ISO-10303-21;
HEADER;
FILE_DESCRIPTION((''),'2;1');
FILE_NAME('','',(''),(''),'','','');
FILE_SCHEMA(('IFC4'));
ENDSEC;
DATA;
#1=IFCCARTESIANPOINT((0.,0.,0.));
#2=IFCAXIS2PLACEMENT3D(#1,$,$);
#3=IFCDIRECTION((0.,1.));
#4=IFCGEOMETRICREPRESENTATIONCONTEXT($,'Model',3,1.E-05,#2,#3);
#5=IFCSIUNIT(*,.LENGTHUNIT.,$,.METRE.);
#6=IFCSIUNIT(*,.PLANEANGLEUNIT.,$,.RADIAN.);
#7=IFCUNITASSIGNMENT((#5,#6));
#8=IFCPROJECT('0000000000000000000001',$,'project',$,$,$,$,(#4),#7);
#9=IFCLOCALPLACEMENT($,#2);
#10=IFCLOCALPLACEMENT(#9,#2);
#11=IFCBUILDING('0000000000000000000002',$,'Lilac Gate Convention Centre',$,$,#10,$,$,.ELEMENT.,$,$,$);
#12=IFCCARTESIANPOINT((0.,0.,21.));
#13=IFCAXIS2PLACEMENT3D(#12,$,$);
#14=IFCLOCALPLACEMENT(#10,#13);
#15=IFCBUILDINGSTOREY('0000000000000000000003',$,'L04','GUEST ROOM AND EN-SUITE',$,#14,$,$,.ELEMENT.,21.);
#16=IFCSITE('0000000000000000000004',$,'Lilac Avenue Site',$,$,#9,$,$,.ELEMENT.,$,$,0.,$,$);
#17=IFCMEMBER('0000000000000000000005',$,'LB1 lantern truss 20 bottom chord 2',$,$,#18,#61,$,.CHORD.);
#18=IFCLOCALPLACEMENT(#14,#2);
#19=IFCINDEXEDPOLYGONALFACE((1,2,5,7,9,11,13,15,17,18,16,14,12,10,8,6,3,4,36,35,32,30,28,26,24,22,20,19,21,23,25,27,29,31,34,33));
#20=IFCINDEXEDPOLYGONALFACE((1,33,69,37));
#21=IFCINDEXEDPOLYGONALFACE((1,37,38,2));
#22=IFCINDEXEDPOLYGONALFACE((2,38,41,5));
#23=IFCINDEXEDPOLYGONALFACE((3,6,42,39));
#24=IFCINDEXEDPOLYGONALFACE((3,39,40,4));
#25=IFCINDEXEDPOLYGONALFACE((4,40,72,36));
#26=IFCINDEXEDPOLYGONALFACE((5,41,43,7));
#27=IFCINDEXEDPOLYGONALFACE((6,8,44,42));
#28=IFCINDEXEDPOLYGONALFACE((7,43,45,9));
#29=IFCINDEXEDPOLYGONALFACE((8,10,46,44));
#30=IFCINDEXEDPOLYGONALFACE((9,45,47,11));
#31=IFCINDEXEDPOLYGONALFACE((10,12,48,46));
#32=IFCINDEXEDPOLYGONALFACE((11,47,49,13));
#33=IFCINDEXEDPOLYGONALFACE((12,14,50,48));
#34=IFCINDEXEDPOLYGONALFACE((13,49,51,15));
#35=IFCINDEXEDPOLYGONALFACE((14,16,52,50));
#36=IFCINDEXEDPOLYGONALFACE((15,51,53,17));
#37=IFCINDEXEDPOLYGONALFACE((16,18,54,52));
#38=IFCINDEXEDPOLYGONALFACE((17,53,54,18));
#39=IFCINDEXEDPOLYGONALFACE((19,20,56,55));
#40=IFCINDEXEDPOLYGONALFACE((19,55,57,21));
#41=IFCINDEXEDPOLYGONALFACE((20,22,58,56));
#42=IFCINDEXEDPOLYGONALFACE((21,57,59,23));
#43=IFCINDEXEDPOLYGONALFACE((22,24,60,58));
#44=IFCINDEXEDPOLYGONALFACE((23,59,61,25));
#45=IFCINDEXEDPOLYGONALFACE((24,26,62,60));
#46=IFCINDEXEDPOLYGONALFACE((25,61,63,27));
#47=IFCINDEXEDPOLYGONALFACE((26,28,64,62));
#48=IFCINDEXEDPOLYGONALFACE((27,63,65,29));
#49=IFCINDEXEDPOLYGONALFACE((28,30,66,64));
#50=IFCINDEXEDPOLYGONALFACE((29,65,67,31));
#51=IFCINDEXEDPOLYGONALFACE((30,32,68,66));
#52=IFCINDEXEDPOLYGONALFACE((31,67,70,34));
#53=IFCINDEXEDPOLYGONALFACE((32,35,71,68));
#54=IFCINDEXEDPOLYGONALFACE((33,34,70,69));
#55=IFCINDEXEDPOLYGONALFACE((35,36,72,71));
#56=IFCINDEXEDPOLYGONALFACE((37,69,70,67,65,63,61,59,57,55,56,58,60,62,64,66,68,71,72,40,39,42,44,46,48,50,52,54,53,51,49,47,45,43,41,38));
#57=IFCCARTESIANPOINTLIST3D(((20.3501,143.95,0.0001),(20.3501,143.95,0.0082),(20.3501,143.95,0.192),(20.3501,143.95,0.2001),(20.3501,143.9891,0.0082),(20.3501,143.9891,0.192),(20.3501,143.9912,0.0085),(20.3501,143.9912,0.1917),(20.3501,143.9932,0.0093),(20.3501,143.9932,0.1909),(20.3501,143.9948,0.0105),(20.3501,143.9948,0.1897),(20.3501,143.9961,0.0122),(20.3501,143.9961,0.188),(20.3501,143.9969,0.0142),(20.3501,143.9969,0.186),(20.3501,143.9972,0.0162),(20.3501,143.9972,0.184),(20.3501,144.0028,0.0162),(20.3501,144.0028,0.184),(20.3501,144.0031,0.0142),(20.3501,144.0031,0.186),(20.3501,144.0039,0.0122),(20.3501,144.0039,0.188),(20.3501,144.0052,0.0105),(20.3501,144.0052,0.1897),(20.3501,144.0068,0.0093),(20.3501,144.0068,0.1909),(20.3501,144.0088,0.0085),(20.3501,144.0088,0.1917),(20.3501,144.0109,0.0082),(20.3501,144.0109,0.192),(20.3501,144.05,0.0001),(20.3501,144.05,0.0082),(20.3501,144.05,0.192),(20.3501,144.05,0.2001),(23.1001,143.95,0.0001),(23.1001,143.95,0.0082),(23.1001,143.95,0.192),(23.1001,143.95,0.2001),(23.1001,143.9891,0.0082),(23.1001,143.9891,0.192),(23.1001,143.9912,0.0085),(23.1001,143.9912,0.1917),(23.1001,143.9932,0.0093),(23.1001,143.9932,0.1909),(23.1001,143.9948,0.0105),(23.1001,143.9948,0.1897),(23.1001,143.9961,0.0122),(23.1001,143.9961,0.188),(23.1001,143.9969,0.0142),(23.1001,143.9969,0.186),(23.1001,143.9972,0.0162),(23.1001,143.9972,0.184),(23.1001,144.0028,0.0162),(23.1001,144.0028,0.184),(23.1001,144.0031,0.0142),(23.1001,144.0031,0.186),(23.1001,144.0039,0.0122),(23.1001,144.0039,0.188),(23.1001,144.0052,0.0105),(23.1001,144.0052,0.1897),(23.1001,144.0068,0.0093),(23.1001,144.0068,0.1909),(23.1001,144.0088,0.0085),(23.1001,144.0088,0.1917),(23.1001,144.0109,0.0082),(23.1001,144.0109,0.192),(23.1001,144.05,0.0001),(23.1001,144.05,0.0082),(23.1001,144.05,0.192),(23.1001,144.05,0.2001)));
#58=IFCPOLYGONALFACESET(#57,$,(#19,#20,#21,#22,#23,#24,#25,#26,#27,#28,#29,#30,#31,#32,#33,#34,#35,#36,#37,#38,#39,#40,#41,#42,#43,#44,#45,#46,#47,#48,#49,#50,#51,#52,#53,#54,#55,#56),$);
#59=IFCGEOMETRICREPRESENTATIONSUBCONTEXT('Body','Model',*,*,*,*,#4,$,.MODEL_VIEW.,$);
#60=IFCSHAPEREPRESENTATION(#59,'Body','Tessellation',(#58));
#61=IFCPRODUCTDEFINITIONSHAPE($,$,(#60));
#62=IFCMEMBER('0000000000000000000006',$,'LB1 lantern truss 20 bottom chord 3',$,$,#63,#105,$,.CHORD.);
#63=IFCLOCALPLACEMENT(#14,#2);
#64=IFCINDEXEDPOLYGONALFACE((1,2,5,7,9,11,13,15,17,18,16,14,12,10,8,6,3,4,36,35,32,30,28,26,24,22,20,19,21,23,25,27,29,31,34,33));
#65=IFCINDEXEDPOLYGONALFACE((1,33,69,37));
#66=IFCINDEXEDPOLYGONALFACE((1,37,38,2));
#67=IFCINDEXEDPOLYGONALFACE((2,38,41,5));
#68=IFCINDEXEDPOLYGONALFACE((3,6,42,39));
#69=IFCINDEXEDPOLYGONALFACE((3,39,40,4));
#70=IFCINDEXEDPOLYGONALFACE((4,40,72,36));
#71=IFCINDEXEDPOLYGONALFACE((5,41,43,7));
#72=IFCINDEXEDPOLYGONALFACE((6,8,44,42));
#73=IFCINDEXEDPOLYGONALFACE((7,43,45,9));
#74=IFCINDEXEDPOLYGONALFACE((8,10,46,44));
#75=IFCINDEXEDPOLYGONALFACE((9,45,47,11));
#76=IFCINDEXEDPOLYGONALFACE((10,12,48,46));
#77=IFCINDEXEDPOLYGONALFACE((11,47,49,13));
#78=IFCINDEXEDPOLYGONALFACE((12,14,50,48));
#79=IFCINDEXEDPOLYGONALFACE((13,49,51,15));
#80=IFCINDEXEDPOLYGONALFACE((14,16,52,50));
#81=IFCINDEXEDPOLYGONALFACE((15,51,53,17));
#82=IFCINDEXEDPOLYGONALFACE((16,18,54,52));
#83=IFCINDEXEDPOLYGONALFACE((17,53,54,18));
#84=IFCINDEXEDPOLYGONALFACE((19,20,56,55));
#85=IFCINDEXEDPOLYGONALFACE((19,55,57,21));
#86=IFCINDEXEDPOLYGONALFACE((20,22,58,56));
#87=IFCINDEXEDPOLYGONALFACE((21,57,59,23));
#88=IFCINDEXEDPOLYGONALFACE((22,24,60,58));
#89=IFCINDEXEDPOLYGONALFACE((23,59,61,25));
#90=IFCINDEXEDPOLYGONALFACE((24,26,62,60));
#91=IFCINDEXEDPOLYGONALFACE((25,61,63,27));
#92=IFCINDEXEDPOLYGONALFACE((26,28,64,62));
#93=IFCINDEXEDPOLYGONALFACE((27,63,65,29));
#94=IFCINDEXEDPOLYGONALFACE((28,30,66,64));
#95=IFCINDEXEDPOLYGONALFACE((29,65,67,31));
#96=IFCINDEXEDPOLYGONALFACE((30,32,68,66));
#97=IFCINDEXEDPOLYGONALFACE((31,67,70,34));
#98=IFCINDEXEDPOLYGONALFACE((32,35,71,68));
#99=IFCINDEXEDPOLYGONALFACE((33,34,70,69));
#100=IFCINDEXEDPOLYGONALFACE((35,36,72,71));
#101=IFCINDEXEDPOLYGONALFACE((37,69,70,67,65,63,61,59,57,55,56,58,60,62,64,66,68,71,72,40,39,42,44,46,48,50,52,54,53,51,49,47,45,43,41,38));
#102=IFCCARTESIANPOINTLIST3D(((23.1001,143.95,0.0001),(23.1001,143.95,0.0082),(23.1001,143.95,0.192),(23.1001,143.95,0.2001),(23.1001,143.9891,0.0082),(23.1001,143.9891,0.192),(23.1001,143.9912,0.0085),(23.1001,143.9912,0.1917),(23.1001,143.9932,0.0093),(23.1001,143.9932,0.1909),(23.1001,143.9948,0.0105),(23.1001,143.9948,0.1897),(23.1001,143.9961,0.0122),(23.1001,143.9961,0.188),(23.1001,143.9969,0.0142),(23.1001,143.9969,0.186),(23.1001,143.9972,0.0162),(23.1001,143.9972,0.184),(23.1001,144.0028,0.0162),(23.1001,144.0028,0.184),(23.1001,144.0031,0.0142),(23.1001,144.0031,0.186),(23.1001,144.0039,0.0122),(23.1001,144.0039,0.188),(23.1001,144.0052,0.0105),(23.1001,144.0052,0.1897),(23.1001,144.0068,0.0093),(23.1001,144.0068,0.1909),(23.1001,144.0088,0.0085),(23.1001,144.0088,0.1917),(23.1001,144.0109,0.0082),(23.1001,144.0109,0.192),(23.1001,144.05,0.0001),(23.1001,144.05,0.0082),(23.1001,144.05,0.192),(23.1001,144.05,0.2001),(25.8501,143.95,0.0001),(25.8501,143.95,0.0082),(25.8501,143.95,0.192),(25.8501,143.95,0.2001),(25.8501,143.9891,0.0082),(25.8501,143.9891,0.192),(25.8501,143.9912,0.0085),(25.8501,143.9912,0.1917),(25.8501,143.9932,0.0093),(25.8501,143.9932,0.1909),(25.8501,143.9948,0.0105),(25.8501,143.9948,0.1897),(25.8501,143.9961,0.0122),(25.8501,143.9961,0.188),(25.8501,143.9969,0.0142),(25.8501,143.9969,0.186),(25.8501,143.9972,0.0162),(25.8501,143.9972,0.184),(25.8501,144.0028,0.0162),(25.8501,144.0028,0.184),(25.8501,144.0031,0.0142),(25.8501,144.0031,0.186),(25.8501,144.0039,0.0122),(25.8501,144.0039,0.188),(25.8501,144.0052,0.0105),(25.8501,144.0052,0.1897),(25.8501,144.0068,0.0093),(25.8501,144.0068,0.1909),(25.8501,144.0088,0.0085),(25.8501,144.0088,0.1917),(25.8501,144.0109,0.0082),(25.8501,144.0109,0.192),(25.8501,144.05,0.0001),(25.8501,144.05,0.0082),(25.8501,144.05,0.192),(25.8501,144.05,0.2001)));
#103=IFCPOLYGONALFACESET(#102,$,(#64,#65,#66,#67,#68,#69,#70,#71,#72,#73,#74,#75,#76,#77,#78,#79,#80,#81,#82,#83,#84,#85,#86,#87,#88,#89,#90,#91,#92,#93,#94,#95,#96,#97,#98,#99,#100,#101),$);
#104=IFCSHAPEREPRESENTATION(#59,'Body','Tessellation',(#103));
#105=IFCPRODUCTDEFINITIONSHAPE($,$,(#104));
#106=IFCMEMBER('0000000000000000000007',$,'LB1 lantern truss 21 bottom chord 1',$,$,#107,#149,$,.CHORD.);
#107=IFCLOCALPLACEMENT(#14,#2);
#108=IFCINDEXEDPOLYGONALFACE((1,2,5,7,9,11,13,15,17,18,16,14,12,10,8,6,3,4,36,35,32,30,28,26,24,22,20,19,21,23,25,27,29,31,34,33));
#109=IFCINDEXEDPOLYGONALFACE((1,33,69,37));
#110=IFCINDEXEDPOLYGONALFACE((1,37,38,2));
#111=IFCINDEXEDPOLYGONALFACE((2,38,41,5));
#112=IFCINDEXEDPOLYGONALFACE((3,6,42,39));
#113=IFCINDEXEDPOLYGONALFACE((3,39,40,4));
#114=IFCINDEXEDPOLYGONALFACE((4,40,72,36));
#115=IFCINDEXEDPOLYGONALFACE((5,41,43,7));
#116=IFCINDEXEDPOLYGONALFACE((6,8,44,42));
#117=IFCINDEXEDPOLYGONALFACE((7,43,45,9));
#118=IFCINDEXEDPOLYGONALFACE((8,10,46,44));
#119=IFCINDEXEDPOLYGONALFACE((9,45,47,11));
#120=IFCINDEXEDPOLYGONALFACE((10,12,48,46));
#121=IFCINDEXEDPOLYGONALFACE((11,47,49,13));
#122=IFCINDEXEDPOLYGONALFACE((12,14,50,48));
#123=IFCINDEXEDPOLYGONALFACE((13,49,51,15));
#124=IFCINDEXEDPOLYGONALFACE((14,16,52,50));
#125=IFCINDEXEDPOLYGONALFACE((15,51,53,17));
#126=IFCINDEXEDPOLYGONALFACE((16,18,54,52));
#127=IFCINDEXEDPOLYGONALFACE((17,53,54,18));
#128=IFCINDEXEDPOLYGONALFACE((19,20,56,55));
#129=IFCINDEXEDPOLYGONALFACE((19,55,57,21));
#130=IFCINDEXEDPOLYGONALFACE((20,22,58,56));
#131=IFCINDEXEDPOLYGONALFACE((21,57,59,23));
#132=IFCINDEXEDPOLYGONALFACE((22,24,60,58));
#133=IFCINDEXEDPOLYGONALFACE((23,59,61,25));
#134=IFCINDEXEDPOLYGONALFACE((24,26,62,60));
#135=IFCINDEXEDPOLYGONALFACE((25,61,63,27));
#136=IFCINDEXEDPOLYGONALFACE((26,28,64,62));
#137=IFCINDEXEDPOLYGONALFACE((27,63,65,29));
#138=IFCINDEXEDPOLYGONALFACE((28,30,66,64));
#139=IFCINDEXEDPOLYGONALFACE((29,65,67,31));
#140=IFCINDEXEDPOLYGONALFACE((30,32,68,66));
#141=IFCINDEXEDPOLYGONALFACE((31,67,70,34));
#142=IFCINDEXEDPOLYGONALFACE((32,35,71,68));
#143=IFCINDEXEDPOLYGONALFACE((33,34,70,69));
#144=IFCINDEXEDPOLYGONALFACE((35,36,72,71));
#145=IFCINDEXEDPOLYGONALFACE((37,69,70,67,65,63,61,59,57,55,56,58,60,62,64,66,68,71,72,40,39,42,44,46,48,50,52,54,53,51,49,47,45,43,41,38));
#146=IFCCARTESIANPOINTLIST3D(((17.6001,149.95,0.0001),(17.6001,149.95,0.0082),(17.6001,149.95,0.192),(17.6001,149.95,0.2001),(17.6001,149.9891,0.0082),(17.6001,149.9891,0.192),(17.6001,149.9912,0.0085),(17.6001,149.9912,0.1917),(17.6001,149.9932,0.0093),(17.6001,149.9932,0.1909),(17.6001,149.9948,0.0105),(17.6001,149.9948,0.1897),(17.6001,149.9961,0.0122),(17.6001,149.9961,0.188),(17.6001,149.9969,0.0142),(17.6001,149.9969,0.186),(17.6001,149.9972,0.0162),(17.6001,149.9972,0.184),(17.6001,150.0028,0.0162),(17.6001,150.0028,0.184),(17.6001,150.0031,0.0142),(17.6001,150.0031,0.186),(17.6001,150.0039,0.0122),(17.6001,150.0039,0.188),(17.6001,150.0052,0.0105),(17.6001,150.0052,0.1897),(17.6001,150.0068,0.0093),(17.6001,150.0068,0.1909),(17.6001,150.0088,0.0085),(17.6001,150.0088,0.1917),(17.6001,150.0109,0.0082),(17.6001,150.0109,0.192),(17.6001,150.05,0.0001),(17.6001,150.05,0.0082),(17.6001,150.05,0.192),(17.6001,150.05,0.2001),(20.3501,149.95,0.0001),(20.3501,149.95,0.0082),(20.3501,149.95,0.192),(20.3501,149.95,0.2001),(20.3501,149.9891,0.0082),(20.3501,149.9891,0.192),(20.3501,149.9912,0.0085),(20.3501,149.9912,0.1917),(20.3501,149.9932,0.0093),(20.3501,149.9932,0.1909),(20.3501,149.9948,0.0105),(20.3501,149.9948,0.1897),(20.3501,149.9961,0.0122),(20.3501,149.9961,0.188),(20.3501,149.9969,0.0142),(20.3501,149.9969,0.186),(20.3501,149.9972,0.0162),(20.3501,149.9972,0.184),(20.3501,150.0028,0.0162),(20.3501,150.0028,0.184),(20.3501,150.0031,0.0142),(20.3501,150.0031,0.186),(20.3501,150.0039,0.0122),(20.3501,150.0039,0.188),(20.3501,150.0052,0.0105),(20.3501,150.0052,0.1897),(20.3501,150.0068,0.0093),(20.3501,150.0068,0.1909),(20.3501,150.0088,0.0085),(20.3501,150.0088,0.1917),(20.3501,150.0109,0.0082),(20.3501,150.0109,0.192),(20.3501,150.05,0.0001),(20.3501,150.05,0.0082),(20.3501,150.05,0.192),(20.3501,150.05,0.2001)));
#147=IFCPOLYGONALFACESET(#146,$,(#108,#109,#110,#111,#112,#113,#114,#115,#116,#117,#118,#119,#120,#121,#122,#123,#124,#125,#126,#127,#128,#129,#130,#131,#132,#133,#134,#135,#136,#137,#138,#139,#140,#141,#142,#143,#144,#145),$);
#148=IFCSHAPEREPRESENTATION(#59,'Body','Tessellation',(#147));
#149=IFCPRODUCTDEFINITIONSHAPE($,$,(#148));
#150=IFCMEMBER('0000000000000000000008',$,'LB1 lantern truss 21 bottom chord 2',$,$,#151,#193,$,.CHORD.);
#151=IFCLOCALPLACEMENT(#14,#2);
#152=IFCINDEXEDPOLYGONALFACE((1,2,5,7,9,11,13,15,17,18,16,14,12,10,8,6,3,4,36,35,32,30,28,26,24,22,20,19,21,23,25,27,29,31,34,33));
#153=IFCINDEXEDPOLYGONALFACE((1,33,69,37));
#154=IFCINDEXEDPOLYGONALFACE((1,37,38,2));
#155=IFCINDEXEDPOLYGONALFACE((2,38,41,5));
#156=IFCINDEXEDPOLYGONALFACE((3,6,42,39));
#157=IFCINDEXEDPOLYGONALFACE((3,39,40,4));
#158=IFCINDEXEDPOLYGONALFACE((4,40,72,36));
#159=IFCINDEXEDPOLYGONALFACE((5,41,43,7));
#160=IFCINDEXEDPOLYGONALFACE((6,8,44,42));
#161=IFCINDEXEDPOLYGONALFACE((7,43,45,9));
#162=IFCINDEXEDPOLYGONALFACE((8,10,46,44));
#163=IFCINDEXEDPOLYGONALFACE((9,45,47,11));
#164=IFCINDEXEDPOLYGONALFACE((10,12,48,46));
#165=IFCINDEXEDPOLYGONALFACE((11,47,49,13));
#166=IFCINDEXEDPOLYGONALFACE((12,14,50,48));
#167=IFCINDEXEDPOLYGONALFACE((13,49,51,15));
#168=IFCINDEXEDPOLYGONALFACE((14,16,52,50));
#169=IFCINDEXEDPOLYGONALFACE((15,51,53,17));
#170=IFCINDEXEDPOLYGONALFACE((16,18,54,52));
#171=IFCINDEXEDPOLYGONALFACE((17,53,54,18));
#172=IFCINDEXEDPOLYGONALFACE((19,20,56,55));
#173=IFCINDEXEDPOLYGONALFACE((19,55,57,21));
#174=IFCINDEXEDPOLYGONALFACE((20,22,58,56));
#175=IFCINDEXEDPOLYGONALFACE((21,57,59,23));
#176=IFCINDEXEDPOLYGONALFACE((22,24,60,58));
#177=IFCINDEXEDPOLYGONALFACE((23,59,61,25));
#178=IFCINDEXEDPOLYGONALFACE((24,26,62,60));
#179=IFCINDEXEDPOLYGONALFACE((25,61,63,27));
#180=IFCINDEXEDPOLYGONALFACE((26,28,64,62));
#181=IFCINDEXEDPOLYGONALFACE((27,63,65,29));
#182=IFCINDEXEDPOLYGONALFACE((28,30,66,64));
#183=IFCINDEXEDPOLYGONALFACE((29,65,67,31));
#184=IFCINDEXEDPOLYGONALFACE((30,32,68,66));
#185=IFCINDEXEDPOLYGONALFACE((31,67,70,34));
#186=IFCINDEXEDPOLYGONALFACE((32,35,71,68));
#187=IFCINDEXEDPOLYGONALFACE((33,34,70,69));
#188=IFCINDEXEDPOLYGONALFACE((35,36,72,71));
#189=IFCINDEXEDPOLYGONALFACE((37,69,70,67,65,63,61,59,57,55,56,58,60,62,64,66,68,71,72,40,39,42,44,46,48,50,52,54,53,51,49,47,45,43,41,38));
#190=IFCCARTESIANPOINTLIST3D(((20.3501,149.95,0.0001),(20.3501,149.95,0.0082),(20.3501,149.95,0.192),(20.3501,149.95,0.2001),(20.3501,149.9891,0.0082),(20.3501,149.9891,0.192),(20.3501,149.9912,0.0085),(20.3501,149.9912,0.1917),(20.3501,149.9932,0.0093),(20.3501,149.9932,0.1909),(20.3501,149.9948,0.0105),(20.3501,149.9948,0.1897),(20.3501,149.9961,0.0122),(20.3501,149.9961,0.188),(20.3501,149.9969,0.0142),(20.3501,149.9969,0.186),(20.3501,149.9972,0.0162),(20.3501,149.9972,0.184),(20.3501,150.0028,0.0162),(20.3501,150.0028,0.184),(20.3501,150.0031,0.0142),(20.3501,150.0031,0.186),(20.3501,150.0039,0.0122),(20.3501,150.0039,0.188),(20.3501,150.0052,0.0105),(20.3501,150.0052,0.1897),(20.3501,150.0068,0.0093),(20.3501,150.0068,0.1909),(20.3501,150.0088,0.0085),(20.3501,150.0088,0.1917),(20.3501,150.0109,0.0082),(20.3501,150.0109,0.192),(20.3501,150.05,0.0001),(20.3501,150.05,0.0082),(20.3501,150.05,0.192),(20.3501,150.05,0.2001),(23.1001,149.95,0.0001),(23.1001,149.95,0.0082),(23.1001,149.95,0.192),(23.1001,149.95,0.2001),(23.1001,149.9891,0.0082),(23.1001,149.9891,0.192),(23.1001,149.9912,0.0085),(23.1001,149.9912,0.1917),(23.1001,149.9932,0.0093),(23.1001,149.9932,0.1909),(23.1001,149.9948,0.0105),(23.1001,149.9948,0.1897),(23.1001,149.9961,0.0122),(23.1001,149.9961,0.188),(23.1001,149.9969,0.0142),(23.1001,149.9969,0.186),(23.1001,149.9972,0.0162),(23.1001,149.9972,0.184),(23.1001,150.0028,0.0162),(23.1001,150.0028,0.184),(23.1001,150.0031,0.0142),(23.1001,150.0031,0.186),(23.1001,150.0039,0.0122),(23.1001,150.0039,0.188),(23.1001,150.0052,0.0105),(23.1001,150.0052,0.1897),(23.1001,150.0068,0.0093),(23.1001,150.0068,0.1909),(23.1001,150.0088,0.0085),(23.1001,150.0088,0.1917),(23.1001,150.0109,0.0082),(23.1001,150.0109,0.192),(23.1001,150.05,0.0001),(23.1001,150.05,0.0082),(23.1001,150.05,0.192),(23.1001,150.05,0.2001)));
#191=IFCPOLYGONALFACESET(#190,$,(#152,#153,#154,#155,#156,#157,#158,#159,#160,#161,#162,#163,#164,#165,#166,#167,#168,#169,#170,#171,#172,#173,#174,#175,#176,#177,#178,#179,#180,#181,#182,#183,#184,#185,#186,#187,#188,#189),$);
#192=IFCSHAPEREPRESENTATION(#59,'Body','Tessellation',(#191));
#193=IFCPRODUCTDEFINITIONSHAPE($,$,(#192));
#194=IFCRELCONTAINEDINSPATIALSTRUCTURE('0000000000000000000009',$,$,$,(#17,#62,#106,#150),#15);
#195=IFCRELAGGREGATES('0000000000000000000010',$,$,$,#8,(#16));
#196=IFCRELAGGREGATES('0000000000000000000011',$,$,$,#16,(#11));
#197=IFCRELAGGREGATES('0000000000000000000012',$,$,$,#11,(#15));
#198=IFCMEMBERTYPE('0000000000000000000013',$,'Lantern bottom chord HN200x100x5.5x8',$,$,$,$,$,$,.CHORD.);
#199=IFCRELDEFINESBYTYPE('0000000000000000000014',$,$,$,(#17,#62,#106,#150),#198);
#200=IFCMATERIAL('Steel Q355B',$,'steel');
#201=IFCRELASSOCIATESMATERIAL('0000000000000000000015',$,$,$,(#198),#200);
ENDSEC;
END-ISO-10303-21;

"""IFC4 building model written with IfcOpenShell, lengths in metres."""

from ifc_helpers import new_model, si_unit, direction, frame, origin, origin_2d, place, context, subcontext, project, spatial, i_section, extrude, material, material_profile, profile_set, type_object, element, save


model = new_model("IFC4")

# Units and contexts
model_context = context("Model", 3, precision=1e-05, world=origin(), true_north=direction((0.0, 1.0)))
body_context = subcontext(model_context, "Body", "Model", "MODEL_VIEW")
ifc_project = project(units=[si_unit("LENGTHUNIT", "METRE"), si_unit("PLANEANGLEUNIT", "RADIAN")], contexts=[model_context])

# Site, building, storey
site_placement = place(None, origin())
site = spatial("IfcSite", under=ifc_project, at=site_placement, Name="Lilac Avenue Site", CompositionType="ELEMENT", RefElevation=0.0)
building_placement = place(site_placement, origin())
building = spatial("IfcBuilding", under=site, at=building_placement, Name="Lilac Gate Convention Centre", CompositionType="ELEMENT")
storey_placement = place(building_placement, frame((0.0, 0.0, 21.0)))
storey = spatial("IfcBuildingStorey", under=building, at=storey_placement, Name="L04", Description="GUEST ROOM AND EN-SUITE", CompositionType="ELEMENT", Elevation=21.0)

# Members
ifc_material_1 = material(Name="Steel Q355B", Category="steel")
ifc_material_profile_1 = material_profile(ifc_material_1, i_section(OverallWidth=0.1001, OverallDepth=0.2, WebThickness=0.0056, FlangeThickness=0.0081, FilletRadius=0.0081, at=origin_2d()), Name="HN200x100x5.5x8")
ifc_profile_set_1 = profile_set([ifc_material_profile_1], Name="Steel Q355B")
member_type_1 = type_object("IfcMemberType", Name="Lantern bottom chord HN200x100x5.5x8", PredefinedType="CHORD", material=ifc_profile_set_1)
for number, where, z_axis, x_axis, name in (
    (1, (20.3501, 144.0, 0.1001), (1.0, 0.0, 0.0), (0.0, 1.0, 0.0), "LB1 lantern truss 20 bottom chord 2"),
    (2, (23.1001, 144.0, 0.1001), (1.0, 0.0, 0.0), (0.0, 1.0, 0.0), "LB1 lantern truss 20 bottom chord 3"),
    (3, (17.6001, 150.0, 0.1001), (1.0, 0.0, 0.0), (0.0, 1.0, 0.0), "LB1 lantern truss 21 bottom chord 1"),
    (4, (20.3501, 150.0, 0.1001), (1.0, 0.0, 0.0), (0.0, 1.0, 0.0), "LB1 lantern truss 21 bottom chord 2"),
):
    element("IfcMember", number, at=place(storey_placement, frame(where, z_axis=z_axis, x_axis=x_axis)), inside=storey, type_object=member_type_1, Name=name, PredefinedType="CHORD", context=body_context, shape_type="SweptSolid", body=[
        extrude(i_section(OverallWidth=0.1001, OverallDepth=0.2, WebThickness=0.0056, FlangeThickness=0.0081, FilletRadius=0.0081, at=origin_2d()), origin(), (0.0, 0.0, 1.0), 2.75),
    ])

save(model, "model.ifc")
